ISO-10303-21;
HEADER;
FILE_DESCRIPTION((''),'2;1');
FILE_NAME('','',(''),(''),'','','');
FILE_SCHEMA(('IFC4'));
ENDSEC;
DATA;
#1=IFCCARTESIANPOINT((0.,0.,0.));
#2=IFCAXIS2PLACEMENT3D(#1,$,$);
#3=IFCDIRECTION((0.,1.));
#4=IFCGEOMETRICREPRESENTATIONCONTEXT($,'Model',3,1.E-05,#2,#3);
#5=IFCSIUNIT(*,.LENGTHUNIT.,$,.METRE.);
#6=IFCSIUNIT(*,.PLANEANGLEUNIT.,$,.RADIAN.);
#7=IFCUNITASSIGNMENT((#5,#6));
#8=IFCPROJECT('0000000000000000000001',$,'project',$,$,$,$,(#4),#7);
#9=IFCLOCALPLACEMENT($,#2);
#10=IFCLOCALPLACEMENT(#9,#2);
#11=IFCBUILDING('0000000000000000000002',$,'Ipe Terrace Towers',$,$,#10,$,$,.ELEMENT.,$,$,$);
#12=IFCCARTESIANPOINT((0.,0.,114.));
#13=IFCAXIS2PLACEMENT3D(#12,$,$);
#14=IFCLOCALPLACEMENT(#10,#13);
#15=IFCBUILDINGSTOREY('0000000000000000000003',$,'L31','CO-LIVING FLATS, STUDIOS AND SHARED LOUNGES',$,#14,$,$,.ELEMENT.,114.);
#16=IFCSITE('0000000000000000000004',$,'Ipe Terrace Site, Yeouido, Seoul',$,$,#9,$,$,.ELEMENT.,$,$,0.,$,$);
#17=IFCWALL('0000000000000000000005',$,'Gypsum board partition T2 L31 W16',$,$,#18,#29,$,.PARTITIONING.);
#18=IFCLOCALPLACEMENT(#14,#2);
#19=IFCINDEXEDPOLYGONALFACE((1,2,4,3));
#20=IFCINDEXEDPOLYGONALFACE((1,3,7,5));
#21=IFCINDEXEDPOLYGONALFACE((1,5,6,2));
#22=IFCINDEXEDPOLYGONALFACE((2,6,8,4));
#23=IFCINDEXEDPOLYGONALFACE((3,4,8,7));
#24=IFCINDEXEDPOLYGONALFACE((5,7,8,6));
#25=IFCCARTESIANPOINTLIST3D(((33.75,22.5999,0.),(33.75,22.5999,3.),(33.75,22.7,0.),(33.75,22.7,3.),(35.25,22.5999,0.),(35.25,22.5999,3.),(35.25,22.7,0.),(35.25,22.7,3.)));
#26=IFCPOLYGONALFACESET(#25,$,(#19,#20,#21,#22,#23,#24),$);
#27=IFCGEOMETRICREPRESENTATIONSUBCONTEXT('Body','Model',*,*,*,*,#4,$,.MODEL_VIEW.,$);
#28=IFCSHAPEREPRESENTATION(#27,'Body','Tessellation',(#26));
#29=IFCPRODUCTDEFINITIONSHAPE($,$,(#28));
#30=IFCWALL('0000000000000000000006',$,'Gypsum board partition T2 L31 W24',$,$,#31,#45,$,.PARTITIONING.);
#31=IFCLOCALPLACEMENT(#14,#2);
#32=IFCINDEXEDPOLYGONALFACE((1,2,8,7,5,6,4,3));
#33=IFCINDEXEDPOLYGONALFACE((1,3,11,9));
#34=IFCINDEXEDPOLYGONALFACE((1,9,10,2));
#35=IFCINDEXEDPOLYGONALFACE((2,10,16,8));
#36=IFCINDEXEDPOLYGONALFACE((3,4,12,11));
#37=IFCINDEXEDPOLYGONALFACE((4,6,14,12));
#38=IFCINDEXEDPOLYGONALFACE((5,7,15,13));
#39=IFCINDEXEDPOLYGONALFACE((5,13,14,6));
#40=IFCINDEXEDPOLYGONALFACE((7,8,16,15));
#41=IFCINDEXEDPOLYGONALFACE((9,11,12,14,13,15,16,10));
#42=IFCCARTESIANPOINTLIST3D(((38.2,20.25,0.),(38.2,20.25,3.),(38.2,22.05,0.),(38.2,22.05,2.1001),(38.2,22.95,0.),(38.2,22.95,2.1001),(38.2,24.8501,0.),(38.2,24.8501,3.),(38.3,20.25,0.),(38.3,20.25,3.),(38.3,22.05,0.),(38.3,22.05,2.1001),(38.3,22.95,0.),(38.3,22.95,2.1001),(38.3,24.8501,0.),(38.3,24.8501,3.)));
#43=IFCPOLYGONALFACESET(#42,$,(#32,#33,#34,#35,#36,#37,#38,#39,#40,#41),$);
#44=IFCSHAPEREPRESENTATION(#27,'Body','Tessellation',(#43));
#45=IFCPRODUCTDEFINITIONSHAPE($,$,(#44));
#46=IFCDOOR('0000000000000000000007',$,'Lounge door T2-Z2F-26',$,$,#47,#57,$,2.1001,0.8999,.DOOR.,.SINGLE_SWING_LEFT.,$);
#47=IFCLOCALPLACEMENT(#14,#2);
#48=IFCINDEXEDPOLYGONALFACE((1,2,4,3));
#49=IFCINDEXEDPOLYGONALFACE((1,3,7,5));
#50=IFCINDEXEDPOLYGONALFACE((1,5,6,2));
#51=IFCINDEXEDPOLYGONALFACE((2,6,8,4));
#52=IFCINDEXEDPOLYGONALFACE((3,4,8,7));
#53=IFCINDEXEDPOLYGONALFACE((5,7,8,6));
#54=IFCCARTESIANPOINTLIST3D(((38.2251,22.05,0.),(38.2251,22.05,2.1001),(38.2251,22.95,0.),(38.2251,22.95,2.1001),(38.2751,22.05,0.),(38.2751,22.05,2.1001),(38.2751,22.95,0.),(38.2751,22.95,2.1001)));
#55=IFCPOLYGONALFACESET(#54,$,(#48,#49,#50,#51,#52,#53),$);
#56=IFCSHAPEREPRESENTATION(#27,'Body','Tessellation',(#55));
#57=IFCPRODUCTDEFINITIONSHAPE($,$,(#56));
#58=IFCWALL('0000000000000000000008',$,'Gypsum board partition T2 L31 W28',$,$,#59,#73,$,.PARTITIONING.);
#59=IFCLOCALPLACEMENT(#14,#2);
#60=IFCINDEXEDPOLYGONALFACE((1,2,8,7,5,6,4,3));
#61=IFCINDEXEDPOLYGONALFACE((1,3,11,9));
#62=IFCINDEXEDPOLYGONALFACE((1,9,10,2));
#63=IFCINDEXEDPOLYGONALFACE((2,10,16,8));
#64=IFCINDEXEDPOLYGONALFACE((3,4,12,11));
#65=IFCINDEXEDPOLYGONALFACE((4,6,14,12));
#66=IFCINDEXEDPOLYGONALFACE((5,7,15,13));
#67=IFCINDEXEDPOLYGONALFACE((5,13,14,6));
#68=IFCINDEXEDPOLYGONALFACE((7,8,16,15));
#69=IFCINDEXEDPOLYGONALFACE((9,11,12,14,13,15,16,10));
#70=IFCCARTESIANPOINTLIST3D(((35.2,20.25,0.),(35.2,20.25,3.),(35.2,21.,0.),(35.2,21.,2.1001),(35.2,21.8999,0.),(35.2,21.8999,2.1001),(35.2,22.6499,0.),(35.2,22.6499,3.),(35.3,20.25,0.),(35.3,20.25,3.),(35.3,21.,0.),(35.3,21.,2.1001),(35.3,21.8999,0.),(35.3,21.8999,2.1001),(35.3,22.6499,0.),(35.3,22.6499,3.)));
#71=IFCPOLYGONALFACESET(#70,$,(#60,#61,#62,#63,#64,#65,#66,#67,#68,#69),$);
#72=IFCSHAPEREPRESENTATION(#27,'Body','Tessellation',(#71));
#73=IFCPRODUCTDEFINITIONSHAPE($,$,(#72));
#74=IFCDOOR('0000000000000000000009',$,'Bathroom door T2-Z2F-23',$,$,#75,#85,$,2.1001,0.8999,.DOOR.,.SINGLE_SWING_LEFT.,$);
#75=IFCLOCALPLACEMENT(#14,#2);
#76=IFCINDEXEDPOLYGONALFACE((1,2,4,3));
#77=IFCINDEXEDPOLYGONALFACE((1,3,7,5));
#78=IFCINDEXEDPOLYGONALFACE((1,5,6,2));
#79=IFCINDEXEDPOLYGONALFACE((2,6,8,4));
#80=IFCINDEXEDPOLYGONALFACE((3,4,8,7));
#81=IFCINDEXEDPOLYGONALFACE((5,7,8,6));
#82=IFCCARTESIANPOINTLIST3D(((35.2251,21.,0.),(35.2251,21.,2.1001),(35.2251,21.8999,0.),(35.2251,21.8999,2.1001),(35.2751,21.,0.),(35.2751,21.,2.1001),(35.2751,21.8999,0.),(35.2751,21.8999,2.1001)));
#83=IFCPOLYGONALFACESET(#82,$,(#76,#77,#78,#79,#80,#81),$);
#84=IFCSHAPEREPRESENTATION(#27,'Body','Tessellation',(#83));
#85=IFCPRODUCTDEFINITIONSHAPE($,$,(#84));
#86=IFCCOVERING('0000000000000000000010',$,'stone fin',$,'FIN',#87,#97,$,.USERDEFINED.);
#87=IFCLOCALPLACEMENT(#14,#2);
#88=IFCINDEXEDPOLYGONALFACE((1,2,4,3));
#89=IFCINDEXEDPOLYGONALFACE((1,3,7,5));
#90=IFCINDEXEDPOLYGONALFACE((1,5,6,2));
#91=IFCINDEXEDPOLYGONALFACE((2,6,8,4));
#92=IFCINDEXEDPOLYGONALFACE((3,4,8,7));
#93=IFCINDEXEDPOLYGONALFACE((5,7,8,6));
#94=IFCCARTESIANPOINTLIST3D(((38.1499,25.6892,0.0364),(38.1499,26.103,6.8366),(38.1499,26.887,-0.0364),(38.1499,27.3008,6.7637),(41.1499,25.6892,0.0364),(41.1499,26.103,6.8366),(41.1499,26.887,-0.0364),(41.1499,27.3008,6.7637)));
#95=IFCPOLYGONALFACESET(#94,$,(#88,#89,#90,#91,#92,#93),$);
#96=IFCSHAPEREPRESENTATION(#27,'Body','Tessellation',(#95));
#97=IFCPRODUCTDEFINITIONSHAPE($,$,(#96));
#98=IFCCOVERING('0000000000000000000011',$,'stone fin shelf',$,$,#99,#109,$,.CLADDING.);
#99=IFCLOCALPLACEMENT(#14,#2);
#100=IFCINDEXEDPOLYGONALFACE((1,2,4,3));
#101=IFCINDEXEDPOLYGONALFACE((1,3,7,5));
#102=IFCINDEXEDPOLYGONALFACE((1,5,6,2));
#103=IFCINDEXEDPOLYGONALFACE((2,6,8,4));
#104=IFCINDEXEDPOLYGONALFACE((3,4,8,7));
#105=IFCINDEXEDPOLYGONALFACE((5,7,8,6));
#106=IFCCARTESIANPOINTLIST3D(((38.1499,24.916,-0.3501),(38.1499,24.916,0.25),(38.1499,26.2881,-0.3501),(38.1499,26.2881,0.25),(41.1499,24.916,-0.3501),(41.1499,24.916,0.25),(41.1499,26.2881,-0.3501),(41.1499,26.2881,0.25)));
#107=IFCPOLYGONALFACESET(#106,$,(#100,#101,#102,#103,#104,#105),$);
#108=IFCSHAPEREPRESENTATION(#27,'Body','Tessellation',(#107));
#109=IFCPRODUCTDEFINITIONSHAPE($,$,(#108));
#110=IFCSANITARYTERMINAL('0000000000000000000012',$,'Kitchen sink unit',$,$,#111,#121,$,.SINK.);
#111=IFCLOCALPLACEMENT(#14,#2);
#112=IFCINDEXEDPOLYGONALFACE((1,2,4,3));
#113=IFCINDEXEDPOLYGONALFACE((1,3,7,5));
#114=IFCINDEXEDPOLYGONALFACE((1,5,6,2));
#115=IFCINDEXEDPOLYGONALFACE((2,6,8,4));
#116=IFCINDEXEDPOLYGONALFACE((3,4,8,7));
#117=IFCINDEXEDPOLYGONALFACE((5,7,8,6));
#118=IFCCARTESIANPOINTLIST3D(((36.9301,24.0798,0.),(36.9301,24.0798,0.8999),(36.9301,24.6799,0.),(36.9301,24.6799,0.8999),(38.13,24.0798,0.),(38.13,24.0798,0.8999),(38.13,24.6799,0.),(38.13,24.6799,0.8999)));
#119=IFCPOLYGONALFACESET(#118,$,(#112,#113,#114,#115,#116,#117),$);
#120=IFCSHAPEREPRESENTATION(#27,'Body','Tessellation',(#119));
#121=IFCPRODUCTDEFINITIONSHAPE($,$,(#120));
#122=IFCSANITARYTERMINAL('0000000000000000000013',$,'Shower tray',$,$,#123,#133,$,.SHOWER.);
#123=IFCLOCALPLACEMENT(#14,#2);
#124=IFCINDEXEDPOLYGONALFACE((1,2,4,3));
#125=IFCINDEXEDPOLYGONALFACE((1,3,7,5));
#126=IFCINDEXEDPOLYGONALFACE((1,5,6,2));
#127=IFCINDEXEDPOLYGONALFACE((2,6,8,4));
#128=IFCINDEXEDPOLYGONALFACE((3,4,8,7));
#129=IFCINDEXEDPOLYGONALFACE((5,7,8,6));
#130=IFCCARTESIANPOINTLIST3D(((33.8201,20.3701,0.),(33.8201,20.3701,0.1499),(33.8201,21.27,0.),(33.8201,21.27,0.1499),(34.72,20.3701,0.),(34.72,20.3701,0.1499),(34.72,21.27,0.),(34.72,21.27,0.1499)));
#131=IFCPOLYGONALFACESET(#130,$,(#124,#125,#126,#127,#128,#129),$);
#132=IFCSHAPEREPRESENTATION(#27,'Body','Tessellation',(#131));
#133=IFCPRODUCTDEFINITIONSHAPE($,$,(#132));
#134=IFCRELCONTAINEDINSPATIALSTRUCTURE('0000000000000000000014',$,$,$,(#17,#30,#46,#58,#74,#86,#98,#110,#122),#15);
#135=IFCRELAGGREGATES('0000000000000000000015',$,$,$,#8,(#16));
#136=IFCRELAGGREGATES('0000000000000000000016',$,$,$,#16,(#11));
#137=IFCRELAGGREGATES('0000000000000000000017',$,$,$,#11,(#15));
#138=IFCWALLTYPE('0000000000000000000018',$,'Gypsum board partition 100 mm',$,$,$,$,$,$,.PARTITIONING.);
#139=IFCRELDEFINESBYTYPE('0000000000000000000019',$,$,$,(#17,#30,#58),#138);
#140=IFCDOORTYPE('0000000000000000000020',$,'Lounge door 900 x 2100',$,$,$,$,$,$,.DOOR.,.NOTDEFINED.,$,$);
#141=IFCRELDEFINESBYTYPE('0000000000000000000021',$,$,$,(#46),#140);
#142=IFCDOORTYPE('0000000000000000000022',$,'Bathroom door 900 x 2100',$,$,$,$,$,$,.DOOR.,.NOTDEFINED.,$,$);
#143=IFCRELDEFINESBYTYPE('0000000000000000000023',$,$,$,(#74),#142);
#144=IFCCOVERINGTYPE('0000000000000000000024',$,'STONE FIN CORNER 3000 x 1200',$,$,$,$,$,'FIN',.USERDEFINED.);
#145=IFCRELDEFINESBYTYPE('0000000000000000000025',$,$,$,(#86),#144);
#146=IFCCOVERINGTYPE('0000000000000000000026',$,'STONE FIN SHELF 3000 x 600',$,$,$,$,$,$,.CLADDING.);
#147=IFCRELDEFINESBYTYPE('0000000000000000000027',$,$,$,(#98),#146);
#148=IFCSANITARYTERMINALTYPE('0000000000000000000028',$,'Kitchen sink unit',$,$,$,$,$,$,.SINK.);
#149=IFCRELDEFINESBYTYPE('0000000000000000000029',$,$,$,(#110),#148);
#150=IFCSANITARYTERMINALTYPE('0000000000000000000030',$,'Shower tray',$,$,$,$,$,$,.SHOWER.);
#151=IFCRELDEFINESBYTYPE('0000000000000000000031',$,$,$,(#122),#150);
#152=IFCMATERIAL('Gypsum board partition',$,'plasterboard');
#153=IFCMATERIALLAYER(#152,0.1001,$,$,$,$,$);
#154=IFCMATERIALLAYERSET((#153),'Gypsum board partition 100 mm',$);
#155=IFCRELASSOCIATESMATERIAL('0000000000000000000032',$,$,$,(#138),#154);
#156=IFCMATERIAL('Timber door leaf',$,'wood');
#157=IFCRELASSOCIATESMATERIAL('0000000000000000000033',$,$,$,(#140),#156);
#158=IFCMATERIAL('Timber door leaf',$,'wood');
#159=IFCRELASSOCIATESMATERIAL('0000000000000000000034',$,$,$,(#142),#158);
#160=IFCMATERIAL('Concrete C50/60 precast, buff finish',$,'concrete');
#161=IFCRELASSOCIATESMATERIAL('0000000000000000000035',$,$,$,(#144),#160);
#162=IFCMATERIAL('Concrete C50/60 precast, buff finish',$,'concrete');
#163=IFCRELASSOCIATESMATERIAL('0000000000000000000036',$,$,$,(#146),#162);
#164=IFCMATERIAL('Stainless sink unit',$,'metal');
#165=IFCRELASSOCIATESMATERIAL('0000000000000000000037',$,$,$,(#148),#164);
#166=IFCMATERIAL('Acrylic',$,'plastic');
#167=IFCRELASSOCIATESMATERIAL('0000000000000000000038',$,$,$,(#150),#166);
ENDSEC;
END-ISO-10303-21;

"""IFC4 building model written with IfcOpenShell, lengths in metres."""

from ifc_helpers import new_model, si_unit, direction, frame, frame_2d, origin, origin_2d, place, context, subcontext, project, spatial, rectangle, extrude, material, layer, layer_set, material_profile, profile_set, type_object, element, fill, save


model = new_model("IFC4")

# Units and contexts
model_context = context("Model", 3, precision=1e-05, world=origin(), true_north=direction((0.0, 1.0)))
body_context = subcontext(model_context, "Body", "Model", "MODEL_VIEW")
ifc_project = project(units=[si_unit("LENGTHUNIT", "METRE"), si_unit("PLANEANGLEUNIT", "RADIAN")], contexts=[model_context])

# Site, building, storey
site_placement = place(None, origin())
site = spatial("IfcSite", under=ifc_project, at=site_placement, Name="Ipe Terrace Site, Yeouido, Seoul", CompositionType="ELEMENT", RefElevation=0.0)
building_placement = place(site_placement, origin())
building = spatial("IfcBuilding", under=site, at=building_placement, Name="Ipe Terrace Towers", CompositionType="ELEMENT")
storey_placement = place(building_placement, frame((0.0, 0.0, 114.0)))
storey = spatial("IfcBuildingStorey", under=building, at=storey_placement, Name="L31", Description="CO-LIVING FLATS, STUDIOS AND SHARED LOUNGES", CompositionType="ELEMENT", Elevation=114.0)

# Wall
ifc_material_1 = material(Name="Gypsum board partition", Category="plasterboard")
ifc_layer_1 = layer(ifc_material_1, 0.1001)
ifc_layer_set_1 = layer_set([ifc_layer_1], Name="Gypsum board partition 100 mm")
wall_type_1 = type_object("IfcWallType", Name="Gypsum board partition 100 mm", PredefinedType="PARTITIONING", material=ifc_layer_set_1)
for number, where, z_axis, x_axis, name in (
    (1, (35.25, 22.6499, 0.0), (0.0, 0.0, 1.0), (-1.0, 0.0, 0.0), "Gypsum board partition T2 L31 W16"),
):
    element("IfcWall", number, at=place(storey_placement, frame(where, z_axis=z_axis, x_axis=x_axis)), inside=storey, type_object=wall_type_1, Name=name, PredefinedType="PARTITIONING", context=body_context, shape_type="SweptSolid", body=[
        extrude(rectangle(XDim=1.5, YDim=0.1001, at=frame_2d((0.75, 0.0))), origin(), (0.0, 0.0, 1.0), 3.0),
    ])

# Walls, openings, doors
wall_1_placement = place(storey_placement, frame((38.25, 20.25, 0.0), z_axis=(0.0, 0.0, 1.0), x_axis=(0.0, 1.0, 0.0)))
wall_1 = element("IfcWall", 2, at=wall_1_placement, inside=storey, type_object=wall_type_1, Name="Gypsum board partition T2 L31 W24", PredefinedType="PARTITIONING", context=body_context, shape_type="SweptSolid", body=[
    extrude(rectangle(XDim=4.6001, YDim=0.1001, at=frame_2d((2.3, 0.0))), origin(), (0.0, 0.0, 1.0), 3.0),
])
opening_1_placement = place(wall_1_placement, frame((1.8, 0.0, 0.0)))
opening_1 = element("IfcOpeningElement", 3, at=opening_1_placement, cuts=wall_1, PredefinedType="OPENING", context=body_context, shape_type="SweptSolid", body=[
    extrude(rectangle(XDim=0.8999, YDim=2.1001, at=frame_2d((0.45, 1.05))), frame((0.0, 0.0601, 0.0), z_axis=(0.0, -1.0, 0.0), x_axis=(1.0, 0.0, 0.0)), (0.0, 0.0, 1.0), 0.1201),
])
ifc_material_2 = material(Name="Timber door leaf", Category="wood")
door_type_1 = type_object("IfcDoorType", Name="Lounge door 900 x 2100", OperationType="NOTDEFINED", PredefinedType="DOOR", material=ifc_material_2)
door_1_placement = place(opening_1_placement, origin())
door_1 = element("IfcDoor", 4, at=door_1_placement, inside=storey, type_object=door_type_1, Name="Lounge door T2-Z2F-26", OperationType="SINGLE_SWING_LEFT", OverallHeight=2.1001, OverallWidth=0.8999, PredefinedType="DOOR", context=body_context, shape_type="SweptSolid", body=[
    extrude(rectangle(XDim=0.8999, YDim=2.1001, at=frame_2d((0.45, 1.05))), frame((0.0, 0.0249, 0.0), z_axis=(0.0, -1.0, 0.0), x_axis=(1.0, 0.0, 0.0)), (0.0, 0.0, 1.0), 0.05),
])
fill(opening_1, door_1)
wall_2_placement = place(storey_placement, frame((35.25, 20.25, 0.0), z_axis=(0.0, 0.0, 1.0), x_axis=(0.0, 1.0, 0.0)))
wall_2 = element("IfcWall", 5, at=wall_2_placement, inside=storey, type_object=wall_type_1, Name="Gypsum board partition T2 L31 W28", PredefinedType="PARTITIONING", context=body_context, shape_type="SweptSolid", body=[
    extrude(rectangle(XDim=2.3999, YDim=0.1001, at=frame_2d((1.2, 0.0))), origin(), (0.0, 0.0, 1.0), 3.0),
])
opening_2_placement = place(wall_2_placement, frame((0.75, 0.0, 0.0)))
opening_2 = element("IfcOpeningElement", 6, at=opening_2_placement, cuts=wall_2, PredefinedType="OPENING", context=body_context, shape_type="SweptSolid", body=[
    extrude(rectangle(XDim=0.8999, YDim=2.1001, at=frame_2d((0.45, 1.05))), frame((0.0, 0.0601, 0.0), z_axis=(0.0, -1.0, 0.0), x_axis=(1.0, 0.0, 0.0)), (0.0, 0.0, 1.0), 0.1201),
])
ifc_material_3 = material(Name="Timber door leaf", Category="wood")
door_type_2 = type_object("IfcDoorType", Name="Bathroom door 900 x 2100", OperationType="NOTDEFINED", PredefinedType="DOOR", material=ifc_material_3)
door_2_placement = place(opening_2_placement, origin())
door_2 = element("IfcDoor", 7, at=door_2_placement, inside=storey, type_object=door_type_2, Name="Bathroom door T2-Z2F-23", OperationType="SINGLE_SWING_LEFT", OverallHeight=2.1001, OverallWidth=0.8999, PredefinedType="DOOR", context=body_context, shape_type="SweptSolid", body=[
    extrude(rectangle(XDim=0.8999, YDim=2.1001, at=frame_2d((0.45, 1.05))), frame((0.0, 0.0249, 0.0), z_axis=(0.0, -1.0, 0.0), x_axis=(1.0, 0.0, 0.0)), (0.0, 0.0, 1.0), 0.05),
])
fill(opening_2, door_2)

# Coverings
ifc_material_4 = material(Name="Concrete C50/60 precast, buff finish", Category="concrete")
ifc_material_profile_1 = material_profile(ifc_material_4, rectangle(XDim=3.0, YDim=1.2, at=origin_2d()), Name="STONE FIN CORNER 3000 x 1200")
ifc_profile_set_1 = profile_set([ifc_material_profile_1], Name="Concrete C50/60 precast, buff finish")
covering_type_1 = type_object("IfcCoveringType", Name="STONE FIN CORNER 3000 x 1200", ElementType="FIN", PredefinedType="USERDEFINED", material=ifc_profile_set_1)
covering_1_placement = place(storey_placement, frame((39.6499, 26.2881, 0.0), z_axis=(0.0, 0.060743, 0.998153), x_axis=(-1.0, 0.0, 0.0)))
element("IfcCovering", 8, at=covering_1_placement, inside=storey, type_object=covering_type_1, Name="stone fin", ObjectType="FIN", PredefinedType="USERDEFINED", context=body_context, shape_type="SweptSolid", body=[
    extrude(rectangle(XDim=3.0, YDim=1.2, at=origin_2d()), origin(), (0.0, 0.0, 1.0), 6.8127),
])
ifc_material_5 = material(Name="Concrete C50/60 precast, buff finish", Category="concrete")
covering_type_2 = type_object("IfcCoveringType", Name="STONE FIN SHELF 3000 x 600", PredefinedType="CLADDING", material=ifc_material_5)
covering_2_placement = place(storey_placement, frame((39.6499, 25.6021, -0.3501), z_axis=(0.0, 0.0, 1.0), x_axis=(-1.0, 0.0, 0.0)))
element("IfcCovering", 9, at=covering_2_placement, inside=storey, type_object=covering_type_2, Name="stone fin shelf", PredefinedType="CLADDING", context=body_context, shape_type="SweptSolid", body=[
    extrude(rectangle(XDim=3.0, YDim=1.3721, at=origin_2d()), origin(), (0.0, 0.0, 1.0), 0.6001),
])

# Sanitary terminals
ifc_material_6 = material(Name="Stainless sink unit", Category="metal")
sanitary_terminal_type_1 = type_object("IfcSanitaryTerminalType", Name="Kitchen sink unit", PredefinedType="SINK", material=ifc_material_6)
sanitary_terminal_1_placement = place(storey_placement, frame((37.53, 24.3799, 0.0), z_axis=(0.0, 0.0, 1.0), x_axis=(1.0, 0.0, 0.0)))
element("IfcSanitaryTerminal", 10, at=sanitary_terminal_1_placement, inside=storey, type_object=sanitary_terminal_type_1, Name="Kitchen sink unit", PredefinedType="SINK", context=body_context, shape_type="SweptSolid", body=[
    extrude(rectangle(XDim=1.2, YDim=0.6001, at=origin_2d()), origin(), (0.0, 0.0, 1.0), 0.8999),
])
ifc_material_7 = material(Name="Acrylic", Category="plastic")
sanitary_terminal_type_2 = type_object("IfcSanitaryTerminalType", Name="Shower tray", PredefinedType="SHOWER", material=ifc_material_7)
sanitary_terminal_2_placement = place(storey_placement, frame((34.27, 20.8201, 0.0), z_axis=(0.0, 0.0, 1.0), x_axis=(1.0, 0.0, 0.0)))
element("IfcSanitaryTerminal", 11, at=sanitary_terminal_2_placement, inside=storey, type_object=sanitary_terminal_type_2, Name="Shower tray", PredefinedType="SHOWER", context=body_context, shape_type="SweptSolid", body=[
    extrude(rectangle(XDim=0.8999, YDim=0.8999, at=origin_2d()), origin(), (0.0, 0.0, 1.0), 0.1499),
])

save(model, "model.ifc")
